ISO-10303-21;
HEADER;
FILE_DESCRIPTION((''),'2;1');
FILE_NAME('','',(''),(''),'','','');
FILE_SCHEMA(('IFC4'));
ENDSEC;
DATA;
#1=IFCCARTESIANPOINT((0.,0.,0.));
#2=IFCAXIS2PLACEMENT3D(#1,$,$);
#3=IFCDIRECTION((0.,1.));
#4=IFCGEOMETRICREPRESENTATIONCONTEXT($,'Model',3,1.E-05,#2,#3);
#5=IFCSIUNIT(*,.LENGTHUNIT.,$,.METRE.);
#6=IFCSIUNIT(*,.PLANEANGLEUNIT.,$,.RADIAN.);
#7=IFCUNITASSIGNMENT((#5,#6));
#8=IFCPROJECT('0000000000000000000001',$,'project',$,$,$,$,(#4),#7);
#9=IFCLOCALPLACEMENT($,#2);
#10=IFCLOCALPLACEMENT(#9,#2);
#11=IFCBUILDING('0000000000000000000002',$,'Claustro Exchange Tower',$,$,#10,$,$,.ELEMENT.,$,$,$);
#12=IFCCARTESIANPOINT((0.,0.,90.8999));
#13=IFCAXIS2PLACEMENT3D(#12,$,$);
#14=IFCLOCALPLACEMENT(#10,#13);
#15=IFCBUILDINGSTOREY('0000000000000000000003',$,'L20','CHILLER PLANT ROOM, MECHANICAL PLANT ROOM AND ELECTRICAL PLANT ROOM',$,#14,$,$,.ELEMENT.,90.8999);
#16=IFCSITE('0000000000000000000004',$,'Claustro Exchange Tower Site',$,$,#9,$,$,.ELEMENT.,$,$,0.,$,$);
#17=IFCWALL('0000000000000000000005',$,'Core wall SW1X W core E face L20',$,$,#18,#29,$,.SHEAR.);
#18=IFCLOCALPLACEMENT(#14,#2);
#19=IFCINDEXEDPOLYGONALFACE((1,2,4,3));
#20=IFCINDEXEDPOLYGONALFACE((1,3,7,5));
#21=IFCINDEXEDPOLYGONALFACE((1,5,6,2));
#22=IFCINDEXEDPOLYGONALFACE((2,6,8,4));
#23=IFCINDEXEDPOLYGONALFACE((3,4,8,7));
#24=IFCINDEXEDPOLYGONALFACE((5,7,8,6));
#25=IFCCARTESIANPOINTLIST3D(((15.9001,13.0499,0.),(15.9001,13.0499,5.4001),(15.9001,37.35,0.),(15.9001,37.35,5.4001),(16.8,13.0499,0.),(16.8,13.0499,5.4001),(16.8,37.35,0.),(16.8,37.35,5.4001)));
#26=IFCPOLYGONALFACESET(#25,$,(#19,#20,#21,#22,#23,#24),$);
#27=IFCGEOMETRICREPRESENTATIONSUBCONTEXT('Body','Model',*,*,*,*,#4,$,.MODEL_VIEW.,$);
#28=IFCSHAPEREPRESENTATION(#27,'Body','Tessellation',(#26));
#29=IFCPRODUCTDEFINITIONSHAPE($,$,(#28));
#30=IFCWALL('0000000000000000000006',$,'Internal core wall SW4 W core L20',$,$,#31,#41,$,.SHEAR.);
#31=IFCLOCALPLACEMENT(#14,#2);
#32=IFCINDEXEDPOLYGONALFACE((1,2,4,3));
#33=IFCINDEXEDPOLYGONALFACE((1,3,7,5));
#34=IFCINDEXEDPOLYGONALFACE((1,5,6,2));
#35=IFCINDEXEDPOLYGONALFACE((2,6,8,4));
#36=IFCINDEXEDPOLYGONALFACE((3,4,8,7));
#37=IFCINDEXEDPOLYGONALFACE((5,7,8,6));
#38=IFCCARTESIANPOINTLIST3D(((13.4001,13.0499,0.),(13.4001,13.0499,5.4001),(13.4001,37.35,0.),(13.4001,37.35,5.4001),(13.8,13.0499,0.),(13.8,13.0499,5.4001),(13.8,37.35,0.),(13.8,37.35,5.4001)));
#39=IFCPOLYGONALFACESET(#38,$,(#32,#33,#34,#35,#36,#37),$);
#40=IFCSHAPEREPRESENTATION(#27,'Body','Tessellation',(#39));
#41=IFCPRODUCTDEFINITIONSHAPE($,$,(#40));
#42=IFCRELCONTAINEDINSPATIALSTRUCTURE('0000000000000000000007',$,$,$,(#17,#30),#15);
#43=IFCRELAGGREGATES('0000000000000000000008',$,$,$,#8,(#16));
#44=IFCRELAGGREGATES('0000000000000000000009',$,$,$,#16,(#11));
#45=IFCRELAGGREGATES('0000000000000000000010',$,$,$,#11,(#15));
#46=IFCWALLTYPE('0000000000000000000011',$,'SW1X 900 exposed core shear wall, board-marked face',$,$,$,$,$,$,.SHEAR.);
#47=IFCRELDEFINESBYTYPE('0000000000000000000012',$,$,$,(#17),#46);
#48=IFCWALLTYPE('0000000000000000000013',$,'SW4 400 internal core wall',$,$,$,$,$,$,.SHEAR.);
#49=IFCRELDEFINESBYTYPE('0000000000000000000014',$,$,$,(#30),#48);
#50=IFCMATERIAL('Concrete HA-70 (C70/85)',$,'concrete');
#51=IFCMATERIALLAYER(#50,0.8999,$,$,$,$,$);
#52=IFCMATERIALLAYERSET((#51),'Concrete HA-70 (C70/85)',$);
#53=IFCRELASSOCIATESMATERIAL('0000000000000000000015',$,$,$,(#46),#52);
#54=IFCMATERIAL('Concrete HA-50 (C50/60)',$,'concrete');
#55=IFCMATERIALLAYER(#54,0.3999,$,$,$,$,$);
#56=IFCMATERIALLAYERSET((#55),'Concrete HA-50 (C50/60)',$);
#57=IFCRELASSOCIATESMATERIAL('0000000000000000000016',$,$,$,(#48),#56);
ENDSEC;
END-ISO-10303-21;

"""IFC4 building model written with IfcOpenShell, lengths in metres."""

from ifc_helpers import new_model, si_unit, direction, frame, frame_2d, origin, place, context, subcontext, project, spatial, rectangle, extrude, material, layer, layer_set, type_object, element, save


model = new_model("IFC4")

# Units and contexts
model_context = context("Model", 3, precision=1e-05, world=origin(), true_north=direction((0.0, 1.0)))
body_context = subcontext(model_context, "Body", "Model", "MODEL_VIEW")
ifc_project = project(units=[si_unit("LENGTHUNIT", "METRE"), si_unit("PLANEANGLEUNIT", "RADIAN")], contexts=[model_context])

# Site, building, storey
site_placement = place(None, origin())
site = spatial("IfcSite", under=ifc_project, at=site_placement, Name="Claustro Exchange Tower Site", CompositionType="ELEMENT", RefElevation=0.0)
building_placement = place(site_placement, origin())
building = spatial("IfcBuilding", under=site, at=building_placement, Name="Claustro Exchange Tower", CompositionType="ELEMENT")
storey_placement = place(building_placement, frame((0.0, 0.0, 90.8999)))
storey = spatial("IfcBuildingStorey", under=building, at=storey_placement, Name="L20", Description="CHILLER PLANT ROOM, MECHANICAL PLANT ROOM AND ELECTRICAL PLANT ROOM", CompositionType="ELEMENT", Elevation=90.8999)

# Walls
ifc_material_1 = material(Name="Concrete HA-70 (C70/85)", Category="concrete")
ifc_layer_1 = layer(ifc_material_1, 0.8999)
ifc_layer_set_1 = layer_set([ifc_layer_1], Name="Concrete HA-70 (C70/85)")
wall_type_1 = type_object("IfcWallType", Name="SW1X 900 exposed core shear wall, board-marked face", PredefinedType="SHEAR", material=ifc_layer_set_1)
wall_1_placement = place(storey_placement, frame((16.3501, 13.05, 0.0), z_axis=(0.0, 0.0, 1.0), x_axis=(0.0, 1.0, 0.0)))
element("IfcWall", 1, at=wall_1_placement, inside=storey, type_object=wall_type_1, Name="Core wall SW1X W core E face L20", PredefinedType="SHEAR", context=body_context, shape_type="SweptSolid", body=[
    extrude(rectangle(XDim=24.3, YDim=0.8999, at=frame_2d((12.1499, 0.0))), origin(), (0.0, 0.0, 1.0), 5.4001),
])
ifc_material_2 = material(Name="Concrete HA-50 (C50/60)", Category="concrete")
ifc_layer_2 = layer(ifc_material_2, 0.3999)
ifc_layer_set_2 = layer_set([ifc_layer_2], Name="Concrete HA-50 (C50/60)")
wall_type_2 = type_object("IfcWallType", Name="SW4 400 internal core wall", PredefinedType="SHEAR", material=ifc_layer_set_2)
wall_2_placement = place(storey_placement, frame((13.6001, 13.05, 0.0), z_axis=(0.0, 0.0, 1.0), x_axis=(0.0, 1.0, 0.0)))
element("IfcWall", 2, at=wall_2_placement, inside=storey, type_object=wall_type_2, Name="Internal core wall SW4 W core L20", PredefinedType="SHEAR", context=body_context, shape_type="SweptSolid", body=[
    extrude(rectangle(XDim=24.3, YDim=0.3999, at=frame_2d((12.1499, 0.0))), origin(), (0.0, 0.0, 1.0), 5.4001),
])

save(model, "model.ifc")
